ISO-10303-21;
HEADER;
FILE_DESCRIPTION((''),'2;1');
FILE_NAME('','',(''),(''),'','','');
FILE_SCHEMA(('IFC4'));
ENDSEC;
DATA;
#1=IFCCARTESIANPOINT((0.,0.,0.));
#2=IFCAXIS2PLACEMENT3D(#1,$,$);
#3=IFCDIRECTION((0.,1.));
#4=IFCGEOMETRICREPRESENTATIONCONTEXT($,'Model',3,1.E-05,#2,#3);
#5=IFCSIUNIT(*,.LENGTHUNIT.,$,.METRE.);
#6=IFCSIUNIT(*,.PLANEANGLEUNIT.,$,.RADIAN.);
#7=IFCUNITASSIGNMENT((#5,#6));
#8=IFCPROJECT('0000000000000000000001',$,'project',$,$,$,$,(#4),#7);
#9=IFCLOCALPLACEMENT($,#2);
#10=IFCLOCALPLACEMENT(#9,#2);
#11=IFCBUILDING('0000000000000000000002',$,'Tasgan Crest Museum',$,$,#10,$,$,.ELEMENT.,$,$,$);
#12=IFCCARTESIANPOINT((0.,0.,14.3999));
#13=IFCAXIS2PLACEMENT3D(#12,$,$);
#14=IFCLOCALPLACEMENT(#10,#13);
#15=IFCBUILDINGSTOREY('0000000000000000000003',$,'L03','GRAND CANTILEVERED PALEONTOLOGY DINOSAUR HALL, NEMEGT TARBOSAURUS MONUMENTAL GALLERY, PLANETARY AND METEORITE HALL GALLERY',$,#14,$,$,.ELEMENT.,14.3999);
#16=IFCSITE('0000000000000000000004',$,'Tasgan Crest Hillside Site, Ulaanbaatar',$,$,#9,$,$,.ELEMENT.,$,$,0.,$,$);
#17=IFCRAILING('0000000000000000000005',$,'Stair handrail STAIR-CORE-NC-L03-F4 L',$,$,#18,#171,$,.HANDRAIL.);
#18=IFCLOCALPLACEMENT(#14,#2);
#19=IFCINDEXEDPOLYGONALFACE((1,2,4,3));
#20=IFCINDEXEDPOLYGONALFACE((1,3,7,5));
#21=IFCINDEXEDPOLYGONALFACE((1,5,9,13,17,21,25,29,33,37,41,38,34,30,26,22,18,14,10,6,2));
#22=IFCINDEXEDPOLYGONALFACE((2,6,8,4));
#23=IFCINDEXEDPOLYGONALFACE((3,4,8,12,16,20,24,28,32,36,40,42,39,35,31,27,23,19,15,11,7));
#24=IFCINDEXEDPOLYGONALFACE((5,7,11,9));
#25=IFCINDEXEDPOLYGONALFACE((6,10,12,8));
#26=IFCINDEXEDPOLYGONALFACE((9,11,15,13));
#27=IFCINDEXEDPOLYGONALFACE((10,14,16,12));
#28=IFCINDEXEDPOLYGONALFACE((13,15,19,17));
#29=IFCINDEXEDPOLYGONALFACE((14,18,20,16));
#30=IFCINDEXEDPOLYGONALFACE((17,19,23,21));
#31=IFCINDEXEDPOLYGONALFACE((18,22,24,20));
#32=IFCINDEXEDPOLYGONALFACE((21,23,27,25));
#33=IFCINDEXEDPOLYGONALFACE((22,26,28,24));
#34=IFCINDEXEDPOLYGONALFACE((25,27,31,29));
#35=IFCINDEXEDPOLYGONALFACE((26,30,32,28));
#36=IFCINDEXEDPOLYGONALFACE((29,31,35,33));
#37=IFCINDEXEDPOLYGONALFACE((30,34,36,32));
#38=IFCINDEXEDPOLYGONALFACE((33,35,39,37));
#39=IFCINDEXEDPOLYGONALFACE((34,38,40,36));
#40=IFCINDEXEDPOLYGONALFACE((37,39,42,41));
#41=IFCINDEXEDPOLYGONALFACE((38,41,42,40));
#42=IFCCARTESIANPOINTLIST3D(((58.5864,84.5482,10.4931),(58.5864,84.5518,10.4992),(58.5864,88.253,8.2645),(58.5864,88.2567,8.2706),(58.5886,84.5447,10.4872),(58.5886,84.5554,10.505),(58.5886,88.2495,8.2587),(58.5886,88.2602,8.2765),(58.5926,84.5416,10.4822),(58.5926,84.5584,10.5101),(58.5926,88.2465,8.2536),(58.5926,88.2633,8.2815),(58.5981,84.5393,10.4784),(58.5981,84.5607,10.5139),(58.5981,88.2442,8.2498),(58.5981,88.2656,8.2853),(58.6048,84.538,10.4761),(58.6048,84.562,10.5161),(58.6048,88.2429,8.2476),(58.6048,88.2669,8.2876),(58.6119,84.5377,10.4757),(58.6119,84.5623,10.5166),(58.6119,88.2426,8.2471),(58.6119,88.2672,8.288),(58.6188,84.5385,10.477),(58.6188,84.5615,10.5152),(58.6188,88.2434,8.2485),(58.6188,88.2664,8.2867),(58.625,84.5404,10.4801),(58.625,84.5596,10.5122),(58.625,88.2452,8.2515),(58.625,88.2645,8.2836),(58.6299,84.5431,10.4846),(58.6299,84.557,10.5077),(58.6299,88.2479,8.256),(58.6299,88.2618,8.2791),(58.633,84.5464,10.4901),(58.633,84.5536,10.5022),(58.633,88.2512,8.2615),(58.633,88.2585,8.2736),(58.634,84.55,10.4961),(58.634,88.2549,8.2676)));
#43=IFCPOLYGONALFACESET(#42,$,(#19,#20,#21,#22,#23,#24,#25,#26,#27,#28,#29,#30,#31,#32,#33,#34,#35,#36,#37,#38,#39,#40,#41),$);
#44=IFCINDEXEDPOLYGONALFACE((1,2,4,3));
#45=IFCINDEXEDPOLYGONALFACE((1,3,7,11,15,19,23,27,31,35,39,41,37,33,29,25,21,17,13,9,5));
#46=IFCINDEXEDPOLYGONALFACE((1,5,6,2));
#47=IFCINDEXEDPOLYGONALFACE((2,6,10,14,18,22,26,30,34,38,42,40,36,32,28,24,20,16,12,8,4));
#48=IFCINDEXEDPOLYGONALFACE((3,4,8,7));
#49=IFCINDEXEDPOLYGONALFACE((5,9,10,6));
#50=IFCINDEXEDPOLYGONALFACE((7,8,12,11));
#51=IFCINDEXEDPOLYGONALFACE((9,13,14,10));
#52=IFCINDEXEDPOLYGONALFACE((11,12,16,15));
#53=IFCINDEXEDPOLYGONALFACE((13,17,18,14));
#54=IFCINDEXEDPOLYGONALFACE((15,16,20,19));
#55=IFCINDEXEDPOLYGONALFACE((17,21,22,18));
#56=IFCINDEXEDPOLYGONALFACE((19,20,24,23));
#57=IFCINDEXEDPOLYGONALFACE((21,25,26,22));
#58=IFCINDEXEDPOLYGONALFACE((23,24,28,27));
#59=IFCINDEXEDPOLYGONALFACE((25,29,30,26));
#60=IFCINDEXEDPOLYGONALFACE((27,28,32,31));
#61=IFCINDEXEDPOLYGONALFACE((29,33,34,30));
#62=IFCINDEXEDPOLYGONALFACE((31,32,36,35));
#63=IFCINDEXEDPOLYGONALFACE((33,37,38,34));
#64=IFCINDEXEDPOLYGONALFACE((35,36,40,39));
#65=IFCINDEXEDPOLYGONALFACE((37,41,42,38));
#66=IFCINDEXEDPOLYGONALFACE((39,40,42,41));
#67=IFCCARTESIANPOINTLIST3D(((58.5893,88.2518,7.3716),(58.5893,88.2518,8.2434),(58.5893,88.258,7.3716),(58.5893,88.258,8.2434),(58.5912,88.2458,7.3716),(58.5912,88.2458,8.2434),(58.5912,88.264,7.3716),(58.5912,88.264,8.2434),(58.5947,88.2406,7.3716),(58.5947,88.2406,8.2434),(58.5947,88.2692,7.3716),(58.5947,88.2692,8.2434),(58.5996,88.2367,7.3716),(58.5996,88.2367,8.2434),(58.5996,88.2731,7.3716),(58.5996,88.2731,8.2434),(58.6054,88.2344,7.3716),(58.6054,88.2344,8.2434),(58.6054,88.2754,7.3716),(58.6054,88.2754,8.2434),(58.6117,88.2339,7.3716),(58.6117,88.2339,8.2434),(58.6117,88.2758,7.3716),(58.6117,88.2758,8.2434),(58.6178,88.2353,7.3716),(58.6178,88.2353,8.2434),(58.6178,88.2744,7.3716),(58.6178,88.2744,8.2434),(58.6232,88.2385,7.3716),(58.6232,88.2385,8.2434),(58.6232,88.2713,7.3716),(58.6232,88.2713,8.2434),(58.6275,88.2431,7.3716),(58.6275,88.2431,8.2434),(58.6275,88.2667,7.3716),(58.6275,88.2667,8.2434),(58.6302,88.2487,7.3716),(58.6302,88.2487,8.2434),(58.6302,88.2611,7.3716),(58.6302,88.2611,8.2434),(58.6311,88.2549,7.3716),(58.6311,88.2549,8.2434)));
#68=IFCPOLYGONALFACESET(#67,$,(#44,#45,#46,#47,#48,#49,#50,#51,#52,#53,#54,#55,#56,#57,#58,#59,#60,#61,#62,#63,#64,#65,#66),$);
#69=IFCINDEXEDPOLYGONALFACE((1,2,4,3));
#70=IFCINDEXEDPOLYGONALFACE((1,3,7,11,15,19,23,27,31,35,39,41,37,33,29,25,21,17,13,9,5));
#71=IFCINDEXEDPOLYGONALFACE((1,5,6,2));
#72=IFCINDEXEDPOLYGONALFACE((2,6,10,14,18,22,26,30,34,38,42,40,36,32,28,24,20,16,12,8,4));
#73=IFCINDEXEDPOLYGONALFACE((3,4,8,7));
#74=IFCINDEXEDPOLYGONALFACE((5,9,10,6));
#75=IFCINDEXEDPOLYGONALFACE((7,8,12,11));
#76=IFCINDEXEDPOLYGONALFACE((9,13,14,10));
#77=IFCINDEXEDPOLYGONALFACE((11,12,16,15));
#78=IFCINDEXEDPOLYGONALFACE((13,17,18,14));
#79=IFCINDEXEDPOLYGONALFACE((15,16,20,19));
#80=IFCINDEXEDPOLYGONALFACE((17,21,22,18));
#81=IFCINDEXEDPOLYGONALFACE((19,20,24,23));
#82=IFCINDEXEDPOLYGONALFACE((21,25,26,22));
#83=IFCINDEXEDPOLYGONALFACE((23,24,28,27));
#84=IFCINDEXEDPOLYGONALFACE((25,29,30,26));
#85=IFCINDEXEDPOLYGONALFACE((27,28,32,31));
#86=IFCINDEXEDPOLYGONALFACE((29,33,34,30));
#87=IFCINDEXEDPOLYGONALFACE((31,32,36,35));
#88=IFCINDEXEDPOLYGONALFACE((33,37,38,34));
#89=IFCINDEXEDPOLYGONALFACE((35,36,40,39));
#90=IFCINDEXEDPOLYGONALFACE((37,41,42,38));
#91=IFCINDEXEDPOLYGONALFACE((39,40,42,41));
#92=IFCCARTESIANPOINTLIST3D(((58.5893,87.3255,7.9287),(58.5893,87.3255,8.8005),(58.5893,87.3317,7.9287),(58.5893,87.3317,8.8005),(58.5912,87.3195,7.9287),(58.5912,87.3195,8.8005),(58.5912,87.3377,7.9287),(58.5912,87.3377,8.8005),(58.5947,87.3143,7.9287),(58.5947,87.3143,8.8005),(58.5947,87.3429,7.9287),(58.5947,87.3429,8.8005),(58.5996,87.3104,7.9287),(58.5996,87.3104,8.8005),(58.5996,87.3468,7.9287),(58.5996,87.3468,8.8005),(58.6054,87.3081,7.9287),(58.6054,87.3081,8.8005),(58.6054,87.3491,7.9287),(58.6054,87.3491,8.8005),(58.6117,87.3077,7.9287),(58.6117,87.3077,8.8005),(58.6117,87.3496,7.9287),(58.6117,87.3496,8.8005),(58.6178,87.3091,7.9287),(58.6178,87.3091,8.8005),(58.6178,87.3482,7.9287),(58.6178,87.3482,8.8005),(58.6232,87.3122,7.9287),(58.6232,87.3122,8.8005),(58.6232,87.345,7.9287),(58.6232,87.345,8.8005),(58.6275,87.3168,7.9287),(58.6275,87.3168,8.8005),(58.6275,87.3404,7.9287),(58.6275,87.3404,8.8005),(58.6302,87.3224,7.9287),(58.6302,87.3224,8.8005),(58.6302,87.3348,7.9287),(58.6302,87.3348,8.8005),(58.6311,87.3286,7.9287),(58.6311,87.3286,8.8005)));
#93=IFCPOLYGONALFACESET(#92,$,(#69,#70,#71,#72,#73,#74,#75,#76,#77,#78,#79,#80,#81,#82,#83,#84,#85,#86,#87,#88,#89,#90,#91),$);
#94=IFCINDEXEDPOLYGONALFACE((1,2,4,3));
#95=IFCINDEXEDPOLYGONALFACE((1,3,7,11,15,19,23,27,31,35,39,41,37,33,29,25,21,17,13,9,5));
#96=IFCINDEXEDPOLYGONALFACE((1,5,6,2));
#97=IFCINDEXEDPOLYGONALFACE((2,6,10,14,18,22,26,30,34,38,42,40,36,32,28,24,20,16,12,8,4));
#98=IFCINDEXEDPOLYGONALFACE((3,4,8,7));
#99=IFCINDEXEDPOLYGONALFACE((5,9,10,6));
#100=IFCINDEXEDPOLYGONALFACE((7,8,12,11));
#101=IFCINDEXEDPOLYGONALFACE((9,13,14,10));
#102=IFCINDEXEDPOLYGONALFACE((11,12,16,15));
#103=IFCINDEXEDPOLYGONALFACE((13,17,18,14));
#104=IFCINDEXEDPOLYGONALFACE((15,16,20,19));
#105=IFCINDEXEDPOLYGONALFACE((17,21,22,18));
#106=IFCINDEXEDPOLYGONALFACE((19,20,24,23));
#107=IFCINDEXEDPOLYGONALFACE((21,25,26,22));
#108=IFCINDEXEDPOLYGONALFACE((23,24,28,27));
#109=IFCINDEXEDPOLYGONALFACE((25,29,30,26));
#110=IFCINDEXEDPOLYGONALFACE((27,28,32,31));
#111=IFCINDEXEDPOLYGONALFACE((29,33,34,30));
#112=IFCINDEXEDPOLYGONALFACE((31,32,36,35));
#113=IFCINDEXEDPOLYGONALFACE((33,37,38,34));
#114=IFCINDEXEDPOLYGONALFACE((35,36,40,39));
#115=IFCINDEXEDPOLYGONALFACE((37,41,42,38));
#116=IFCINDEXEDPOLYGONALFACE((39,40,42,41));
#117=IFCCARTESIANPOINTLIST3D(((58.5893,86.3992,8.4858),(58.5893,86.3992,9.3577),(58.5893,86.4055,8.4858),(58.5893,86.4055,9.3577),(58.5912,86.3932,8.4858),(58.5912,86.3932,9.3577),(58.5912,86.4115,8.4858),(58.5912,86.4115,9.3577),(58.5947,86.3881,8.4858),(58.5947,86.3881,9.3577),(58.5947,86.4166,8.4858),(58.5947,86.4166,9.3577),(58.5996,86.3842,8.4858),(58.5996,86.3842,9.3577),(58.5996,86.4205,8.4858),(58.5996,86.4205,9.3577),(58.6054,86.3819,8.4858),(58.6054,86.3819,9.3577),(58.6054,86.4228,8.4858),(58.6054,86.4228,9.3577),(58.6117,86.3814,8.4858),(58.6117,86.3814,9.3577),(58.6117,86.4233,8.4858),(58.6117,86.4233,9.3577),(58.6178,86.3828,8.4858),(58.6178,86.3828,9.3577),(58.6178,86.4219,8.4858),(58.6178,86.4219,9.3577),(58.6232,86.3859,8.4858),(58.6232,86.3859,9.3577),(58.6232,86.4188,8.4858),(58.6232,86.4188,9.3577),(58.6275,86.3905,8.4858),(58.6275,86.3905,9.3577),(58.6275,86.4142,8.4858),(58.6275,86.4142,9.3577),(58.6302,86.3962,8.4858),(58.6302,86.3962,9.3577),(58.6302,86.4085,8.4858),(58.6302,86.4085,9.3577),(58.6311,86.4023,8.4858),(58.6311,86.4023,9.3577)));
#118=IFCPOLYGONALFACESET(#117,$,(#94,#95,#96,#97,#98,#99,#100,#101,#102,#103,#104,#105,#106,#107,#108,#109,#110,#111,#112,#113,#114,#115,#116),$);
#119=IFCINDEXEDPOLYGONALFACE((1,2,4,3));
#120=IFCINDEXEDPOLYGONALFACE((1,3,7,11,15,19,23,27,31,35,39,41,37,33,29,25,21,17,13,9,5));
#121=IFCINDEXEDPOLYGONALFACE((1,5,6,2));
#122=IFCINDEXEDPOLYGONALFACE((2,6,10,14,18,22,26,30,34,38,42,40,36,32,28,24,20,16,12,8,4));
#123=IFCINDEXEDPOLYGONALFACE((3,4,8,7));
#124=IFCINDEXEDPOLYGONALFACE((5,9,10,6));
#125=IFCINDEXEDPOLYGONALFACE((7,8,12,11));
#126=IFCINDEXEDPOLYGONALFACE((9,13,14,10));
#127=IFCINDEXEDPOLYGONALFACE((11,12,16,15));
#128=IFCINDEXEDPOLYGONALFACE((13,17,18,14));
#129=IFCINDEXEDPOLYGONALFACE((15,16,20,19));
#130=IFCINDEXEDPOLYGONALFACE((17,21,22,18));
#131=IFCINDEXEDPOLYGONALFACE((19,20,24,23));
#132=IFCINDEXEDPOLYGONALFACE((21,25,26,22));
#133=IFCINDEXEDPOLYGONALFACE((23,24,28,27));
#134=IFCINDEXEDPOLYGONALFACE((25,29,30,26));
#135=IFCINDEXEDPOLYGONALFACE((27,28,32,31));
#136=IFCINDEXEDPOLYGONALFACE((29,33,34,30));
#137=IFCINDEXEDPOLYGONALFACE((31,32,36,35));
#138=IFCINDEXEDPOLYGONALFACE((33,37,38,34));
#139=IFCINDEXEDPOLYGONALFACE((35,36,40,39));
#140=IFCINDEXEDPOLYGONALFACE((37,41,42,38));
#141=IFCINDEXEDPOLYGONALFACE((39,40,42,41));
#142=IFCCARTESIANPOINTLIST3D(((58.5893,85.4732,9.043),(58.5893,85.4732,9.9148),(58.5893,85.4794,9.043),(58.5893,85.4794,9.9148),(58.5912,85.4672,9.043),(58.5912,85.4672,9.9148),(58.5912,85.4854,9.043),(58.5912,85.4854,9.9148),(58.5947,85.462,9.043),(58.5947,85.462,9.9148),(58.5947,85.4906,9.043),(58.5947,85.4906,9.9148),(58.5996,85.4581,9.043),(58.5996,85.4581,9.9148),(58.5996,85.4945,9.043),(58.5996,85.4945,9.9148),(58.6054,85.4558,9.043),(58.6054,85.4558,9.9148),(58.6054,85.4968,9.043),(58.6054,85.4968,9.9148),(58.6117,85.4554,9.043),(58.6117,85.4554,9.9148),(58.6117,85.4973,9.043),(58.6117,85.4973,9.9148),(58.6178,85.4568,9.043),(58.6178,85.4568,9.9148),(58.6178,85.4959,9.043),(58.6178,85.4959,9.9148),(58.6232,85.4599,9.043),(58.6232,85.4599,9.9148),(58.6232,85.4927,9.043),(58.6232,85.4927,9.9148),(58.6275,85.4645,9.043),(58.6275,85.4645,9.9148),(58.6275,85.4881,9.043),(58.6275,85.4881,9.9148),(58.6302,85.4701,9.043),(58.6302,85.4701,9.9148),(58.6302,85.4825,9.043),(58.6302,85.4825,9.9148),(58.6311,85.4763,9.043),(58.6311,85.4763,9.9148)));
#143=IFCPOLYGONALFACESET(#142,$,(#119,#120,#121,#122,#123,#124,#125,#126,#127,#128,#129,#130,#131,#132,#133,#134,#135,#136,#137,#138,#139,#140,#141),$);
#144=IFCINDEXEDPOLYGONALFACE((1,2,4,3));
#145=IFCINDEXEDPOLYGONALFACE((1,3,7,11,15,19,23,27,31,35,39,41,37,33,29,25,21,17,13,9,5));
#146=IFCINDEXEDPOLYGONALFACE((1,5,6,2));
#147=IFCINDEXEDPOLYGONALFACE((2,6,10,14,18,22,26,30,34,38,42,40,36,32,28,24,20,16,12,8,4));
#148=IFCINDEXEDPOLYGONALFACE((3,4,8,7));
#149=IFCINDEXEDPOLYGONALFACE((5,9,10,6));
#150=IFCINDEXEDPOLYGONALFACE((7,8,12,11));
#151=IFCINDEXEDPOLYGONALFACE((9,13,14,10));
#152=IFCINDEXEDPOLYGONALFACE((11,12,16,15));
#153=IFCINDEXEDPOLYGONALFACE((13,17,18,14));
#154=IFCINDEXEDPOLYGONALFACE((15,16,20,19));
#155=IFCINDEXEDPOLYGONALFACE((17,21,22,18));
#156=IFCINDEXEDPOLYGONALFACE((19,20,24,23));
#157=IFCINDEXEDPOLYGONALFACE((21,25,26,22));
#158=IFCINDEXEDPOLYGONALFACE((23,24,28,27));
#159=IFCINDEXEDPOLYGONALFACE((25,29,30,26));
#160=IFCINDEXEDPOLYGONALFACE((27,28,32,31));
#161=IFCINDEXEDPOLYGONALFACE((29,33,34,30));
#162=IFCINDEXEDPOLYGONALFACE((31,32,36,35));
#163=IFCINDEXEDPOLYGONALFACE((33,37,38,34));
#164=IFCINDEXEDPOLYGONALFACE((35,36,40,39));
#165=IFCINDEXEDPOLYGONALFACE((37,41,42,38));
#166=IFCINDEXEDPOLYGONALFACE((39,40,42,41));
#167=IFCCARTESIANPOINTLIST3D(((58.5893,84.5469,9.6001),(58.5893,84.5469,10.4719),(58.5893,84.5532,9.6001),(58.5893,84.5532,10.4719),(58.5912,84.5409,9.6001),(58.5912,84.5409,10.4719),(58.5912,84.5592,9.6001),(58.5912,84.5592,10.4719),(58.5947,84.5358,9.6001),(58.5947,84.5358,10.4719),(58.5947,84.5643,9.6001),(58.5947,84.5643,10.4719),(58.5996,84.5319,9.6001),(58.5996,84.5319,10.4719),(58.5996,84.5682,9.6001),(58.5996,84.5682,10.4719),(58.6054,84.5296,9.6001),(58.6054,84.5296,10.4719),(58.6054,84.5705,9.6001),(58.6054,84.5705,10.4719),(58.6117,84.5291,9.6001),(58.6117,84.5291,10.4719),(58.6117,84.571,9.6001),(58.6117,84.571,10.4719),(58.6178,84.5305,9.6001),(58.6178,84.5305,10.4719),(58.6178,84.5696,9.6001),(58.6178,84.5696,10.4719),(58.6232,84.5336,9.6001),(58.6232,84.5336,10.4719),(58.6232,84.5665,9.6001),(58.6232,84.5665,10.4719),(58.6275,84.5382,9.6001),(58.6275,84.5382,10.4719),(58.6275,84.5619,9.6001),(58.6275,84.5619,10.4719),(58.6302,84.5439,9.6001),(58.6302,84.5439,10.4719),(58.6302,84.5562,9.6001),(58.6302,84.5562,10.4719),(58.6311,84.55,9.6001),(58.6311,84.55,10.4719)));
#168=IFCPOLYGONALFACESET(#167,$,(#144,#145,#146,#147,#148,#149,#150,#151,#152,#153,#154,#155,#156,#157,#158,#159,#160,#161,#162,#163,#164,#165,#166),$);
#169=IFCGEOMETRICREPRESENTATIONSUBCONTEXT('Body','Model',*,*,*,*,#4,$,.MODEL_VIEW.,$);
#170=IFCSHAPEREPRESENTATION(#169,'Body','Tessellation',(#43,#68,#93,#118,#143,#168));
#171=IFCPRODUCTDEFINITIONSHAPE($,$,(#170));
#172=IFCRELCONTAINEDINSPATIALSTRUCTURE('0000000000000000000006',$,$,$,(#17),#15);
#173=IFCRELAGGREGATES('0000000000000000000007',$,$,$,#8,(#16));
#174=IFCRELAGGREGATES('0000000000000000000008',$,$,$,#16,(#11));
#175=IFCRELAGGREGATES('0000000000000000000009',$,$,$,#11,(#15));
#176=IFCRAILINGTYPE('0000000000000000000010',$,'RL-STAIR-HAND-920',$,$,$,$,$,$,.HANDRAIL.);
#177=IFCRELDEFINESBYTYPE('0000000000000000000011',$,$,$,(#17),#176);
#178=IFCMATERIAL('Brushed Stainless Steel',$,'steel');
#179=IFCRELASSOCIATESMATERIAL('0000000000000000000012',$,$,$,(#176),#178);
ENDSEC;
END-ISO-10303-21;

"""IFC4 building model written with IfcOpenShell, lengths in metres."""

from ifc_helpers import new_model, si_unit, direction, frame, origin, origin_2d, place, context, subcontext, project, spatial, circle, extrude, material, type_object, element, save


model = new_model("IFC4")

# Units and contexts
model_context = context("Model", 3, precision=1e-05, world=origin(), true_north=direction((0.0, 1.0)))
body_context = subcontext(model_context, "Body", "Model", "MODEL_VIEW")
ifc_project = project(units=[si_unit("LENGTHUNIT", "METRE"), si_unit("PLANEANGLEUNIT", "RADIAN")], contexts=[model_context])

# Site, building, storey
site_placement = place(None, origin())
site = spatial("IfcSite", under=ifc_project, at=site_placement, Name="Tasgan Crest Hillside Site, Ulaanbaatar", CompositionType="ELEMENT", RefElevation=0.0)
building_placement = place(site_placement, origin())
building = spatial("IfcBuilding", under=site, at=building_placement, Name="Tasgan Crest Museum", CompositionType="ELEMENT")
storey_placement = place(building_placement, frame((0.0, 0.0, 14.3999)))
storey = spatial("IfcBuildingStorey", under=building, at=storey_placement, Name="L03", Description="GRAND CANTILEVERED PALEONTOLOGY DINOSAUR HALL, NEMEGT TARBOSAURUS MONUMENTAL GALLERY, PLANETARY AND METEORITE HALL GALLERY", CompositionType="ELEMENT", Elevation=14.3999)

# Railing
ifc_material_1 = material(Name="Brushed Stainless Steel", Category="steel")
railing_type = type_object("IfcRailingType", Name="RL-STAIR-HAND-920", PredefinedType="HANDRAIL", material=ifc_material_1)
for number, where, name in (
    (1, (58.6101, 88.2549, 7.3716), "Stair handrail STAIR-CORE-NC-L03-F4 L"),
):
    element("IfcRailing", number, at=place(storey_placement, frame(where)), inside=storey, type_object=railing_type, Name=name, PredefinedType="HANDRAIL", context=body_context, shape_type="SweptSolid", body=[
        extrude(circle(Radius=0.0239, at=origin_2d()), frame((0.0, 0.0, 0.896), z_axis=(0.0, -0.856919, 0.51545), x_axis=(1.0, 0.0, 0.0)), (0.0, 0.0, 1.0), 4.3235),
        extrude(circle(Radius=0.021, at=origin_2d()), origin(), (0.0, 0.0, 1.0), 0.8718),
        extrude(circle(Radius=0.021, at=origin_2d()), frame((0.0, -0.9263, 0.5571)), (0.0, 0.0, 1.0), 0.8718),
        extrude(circle(Radius=0.021, at=origin_2d()), frame((0.0, -1.8525, 1.1143)), (0.0, 0.0, 1.0), 0.8718),
        extrude(circle(Radius=0.021, at=origin_2d()), frame((0.0, -2.7786, 1.6714)), (0.0, 0.0, 1.0), 0.8718),
        extrude(circle(Radius=0.021, at=origin_2d()), frame((0.0, -3.7048, 2.2285)), (0.0, 0.0, 1.0), 0.8718),
    ])

save(model, "model.ifc")
